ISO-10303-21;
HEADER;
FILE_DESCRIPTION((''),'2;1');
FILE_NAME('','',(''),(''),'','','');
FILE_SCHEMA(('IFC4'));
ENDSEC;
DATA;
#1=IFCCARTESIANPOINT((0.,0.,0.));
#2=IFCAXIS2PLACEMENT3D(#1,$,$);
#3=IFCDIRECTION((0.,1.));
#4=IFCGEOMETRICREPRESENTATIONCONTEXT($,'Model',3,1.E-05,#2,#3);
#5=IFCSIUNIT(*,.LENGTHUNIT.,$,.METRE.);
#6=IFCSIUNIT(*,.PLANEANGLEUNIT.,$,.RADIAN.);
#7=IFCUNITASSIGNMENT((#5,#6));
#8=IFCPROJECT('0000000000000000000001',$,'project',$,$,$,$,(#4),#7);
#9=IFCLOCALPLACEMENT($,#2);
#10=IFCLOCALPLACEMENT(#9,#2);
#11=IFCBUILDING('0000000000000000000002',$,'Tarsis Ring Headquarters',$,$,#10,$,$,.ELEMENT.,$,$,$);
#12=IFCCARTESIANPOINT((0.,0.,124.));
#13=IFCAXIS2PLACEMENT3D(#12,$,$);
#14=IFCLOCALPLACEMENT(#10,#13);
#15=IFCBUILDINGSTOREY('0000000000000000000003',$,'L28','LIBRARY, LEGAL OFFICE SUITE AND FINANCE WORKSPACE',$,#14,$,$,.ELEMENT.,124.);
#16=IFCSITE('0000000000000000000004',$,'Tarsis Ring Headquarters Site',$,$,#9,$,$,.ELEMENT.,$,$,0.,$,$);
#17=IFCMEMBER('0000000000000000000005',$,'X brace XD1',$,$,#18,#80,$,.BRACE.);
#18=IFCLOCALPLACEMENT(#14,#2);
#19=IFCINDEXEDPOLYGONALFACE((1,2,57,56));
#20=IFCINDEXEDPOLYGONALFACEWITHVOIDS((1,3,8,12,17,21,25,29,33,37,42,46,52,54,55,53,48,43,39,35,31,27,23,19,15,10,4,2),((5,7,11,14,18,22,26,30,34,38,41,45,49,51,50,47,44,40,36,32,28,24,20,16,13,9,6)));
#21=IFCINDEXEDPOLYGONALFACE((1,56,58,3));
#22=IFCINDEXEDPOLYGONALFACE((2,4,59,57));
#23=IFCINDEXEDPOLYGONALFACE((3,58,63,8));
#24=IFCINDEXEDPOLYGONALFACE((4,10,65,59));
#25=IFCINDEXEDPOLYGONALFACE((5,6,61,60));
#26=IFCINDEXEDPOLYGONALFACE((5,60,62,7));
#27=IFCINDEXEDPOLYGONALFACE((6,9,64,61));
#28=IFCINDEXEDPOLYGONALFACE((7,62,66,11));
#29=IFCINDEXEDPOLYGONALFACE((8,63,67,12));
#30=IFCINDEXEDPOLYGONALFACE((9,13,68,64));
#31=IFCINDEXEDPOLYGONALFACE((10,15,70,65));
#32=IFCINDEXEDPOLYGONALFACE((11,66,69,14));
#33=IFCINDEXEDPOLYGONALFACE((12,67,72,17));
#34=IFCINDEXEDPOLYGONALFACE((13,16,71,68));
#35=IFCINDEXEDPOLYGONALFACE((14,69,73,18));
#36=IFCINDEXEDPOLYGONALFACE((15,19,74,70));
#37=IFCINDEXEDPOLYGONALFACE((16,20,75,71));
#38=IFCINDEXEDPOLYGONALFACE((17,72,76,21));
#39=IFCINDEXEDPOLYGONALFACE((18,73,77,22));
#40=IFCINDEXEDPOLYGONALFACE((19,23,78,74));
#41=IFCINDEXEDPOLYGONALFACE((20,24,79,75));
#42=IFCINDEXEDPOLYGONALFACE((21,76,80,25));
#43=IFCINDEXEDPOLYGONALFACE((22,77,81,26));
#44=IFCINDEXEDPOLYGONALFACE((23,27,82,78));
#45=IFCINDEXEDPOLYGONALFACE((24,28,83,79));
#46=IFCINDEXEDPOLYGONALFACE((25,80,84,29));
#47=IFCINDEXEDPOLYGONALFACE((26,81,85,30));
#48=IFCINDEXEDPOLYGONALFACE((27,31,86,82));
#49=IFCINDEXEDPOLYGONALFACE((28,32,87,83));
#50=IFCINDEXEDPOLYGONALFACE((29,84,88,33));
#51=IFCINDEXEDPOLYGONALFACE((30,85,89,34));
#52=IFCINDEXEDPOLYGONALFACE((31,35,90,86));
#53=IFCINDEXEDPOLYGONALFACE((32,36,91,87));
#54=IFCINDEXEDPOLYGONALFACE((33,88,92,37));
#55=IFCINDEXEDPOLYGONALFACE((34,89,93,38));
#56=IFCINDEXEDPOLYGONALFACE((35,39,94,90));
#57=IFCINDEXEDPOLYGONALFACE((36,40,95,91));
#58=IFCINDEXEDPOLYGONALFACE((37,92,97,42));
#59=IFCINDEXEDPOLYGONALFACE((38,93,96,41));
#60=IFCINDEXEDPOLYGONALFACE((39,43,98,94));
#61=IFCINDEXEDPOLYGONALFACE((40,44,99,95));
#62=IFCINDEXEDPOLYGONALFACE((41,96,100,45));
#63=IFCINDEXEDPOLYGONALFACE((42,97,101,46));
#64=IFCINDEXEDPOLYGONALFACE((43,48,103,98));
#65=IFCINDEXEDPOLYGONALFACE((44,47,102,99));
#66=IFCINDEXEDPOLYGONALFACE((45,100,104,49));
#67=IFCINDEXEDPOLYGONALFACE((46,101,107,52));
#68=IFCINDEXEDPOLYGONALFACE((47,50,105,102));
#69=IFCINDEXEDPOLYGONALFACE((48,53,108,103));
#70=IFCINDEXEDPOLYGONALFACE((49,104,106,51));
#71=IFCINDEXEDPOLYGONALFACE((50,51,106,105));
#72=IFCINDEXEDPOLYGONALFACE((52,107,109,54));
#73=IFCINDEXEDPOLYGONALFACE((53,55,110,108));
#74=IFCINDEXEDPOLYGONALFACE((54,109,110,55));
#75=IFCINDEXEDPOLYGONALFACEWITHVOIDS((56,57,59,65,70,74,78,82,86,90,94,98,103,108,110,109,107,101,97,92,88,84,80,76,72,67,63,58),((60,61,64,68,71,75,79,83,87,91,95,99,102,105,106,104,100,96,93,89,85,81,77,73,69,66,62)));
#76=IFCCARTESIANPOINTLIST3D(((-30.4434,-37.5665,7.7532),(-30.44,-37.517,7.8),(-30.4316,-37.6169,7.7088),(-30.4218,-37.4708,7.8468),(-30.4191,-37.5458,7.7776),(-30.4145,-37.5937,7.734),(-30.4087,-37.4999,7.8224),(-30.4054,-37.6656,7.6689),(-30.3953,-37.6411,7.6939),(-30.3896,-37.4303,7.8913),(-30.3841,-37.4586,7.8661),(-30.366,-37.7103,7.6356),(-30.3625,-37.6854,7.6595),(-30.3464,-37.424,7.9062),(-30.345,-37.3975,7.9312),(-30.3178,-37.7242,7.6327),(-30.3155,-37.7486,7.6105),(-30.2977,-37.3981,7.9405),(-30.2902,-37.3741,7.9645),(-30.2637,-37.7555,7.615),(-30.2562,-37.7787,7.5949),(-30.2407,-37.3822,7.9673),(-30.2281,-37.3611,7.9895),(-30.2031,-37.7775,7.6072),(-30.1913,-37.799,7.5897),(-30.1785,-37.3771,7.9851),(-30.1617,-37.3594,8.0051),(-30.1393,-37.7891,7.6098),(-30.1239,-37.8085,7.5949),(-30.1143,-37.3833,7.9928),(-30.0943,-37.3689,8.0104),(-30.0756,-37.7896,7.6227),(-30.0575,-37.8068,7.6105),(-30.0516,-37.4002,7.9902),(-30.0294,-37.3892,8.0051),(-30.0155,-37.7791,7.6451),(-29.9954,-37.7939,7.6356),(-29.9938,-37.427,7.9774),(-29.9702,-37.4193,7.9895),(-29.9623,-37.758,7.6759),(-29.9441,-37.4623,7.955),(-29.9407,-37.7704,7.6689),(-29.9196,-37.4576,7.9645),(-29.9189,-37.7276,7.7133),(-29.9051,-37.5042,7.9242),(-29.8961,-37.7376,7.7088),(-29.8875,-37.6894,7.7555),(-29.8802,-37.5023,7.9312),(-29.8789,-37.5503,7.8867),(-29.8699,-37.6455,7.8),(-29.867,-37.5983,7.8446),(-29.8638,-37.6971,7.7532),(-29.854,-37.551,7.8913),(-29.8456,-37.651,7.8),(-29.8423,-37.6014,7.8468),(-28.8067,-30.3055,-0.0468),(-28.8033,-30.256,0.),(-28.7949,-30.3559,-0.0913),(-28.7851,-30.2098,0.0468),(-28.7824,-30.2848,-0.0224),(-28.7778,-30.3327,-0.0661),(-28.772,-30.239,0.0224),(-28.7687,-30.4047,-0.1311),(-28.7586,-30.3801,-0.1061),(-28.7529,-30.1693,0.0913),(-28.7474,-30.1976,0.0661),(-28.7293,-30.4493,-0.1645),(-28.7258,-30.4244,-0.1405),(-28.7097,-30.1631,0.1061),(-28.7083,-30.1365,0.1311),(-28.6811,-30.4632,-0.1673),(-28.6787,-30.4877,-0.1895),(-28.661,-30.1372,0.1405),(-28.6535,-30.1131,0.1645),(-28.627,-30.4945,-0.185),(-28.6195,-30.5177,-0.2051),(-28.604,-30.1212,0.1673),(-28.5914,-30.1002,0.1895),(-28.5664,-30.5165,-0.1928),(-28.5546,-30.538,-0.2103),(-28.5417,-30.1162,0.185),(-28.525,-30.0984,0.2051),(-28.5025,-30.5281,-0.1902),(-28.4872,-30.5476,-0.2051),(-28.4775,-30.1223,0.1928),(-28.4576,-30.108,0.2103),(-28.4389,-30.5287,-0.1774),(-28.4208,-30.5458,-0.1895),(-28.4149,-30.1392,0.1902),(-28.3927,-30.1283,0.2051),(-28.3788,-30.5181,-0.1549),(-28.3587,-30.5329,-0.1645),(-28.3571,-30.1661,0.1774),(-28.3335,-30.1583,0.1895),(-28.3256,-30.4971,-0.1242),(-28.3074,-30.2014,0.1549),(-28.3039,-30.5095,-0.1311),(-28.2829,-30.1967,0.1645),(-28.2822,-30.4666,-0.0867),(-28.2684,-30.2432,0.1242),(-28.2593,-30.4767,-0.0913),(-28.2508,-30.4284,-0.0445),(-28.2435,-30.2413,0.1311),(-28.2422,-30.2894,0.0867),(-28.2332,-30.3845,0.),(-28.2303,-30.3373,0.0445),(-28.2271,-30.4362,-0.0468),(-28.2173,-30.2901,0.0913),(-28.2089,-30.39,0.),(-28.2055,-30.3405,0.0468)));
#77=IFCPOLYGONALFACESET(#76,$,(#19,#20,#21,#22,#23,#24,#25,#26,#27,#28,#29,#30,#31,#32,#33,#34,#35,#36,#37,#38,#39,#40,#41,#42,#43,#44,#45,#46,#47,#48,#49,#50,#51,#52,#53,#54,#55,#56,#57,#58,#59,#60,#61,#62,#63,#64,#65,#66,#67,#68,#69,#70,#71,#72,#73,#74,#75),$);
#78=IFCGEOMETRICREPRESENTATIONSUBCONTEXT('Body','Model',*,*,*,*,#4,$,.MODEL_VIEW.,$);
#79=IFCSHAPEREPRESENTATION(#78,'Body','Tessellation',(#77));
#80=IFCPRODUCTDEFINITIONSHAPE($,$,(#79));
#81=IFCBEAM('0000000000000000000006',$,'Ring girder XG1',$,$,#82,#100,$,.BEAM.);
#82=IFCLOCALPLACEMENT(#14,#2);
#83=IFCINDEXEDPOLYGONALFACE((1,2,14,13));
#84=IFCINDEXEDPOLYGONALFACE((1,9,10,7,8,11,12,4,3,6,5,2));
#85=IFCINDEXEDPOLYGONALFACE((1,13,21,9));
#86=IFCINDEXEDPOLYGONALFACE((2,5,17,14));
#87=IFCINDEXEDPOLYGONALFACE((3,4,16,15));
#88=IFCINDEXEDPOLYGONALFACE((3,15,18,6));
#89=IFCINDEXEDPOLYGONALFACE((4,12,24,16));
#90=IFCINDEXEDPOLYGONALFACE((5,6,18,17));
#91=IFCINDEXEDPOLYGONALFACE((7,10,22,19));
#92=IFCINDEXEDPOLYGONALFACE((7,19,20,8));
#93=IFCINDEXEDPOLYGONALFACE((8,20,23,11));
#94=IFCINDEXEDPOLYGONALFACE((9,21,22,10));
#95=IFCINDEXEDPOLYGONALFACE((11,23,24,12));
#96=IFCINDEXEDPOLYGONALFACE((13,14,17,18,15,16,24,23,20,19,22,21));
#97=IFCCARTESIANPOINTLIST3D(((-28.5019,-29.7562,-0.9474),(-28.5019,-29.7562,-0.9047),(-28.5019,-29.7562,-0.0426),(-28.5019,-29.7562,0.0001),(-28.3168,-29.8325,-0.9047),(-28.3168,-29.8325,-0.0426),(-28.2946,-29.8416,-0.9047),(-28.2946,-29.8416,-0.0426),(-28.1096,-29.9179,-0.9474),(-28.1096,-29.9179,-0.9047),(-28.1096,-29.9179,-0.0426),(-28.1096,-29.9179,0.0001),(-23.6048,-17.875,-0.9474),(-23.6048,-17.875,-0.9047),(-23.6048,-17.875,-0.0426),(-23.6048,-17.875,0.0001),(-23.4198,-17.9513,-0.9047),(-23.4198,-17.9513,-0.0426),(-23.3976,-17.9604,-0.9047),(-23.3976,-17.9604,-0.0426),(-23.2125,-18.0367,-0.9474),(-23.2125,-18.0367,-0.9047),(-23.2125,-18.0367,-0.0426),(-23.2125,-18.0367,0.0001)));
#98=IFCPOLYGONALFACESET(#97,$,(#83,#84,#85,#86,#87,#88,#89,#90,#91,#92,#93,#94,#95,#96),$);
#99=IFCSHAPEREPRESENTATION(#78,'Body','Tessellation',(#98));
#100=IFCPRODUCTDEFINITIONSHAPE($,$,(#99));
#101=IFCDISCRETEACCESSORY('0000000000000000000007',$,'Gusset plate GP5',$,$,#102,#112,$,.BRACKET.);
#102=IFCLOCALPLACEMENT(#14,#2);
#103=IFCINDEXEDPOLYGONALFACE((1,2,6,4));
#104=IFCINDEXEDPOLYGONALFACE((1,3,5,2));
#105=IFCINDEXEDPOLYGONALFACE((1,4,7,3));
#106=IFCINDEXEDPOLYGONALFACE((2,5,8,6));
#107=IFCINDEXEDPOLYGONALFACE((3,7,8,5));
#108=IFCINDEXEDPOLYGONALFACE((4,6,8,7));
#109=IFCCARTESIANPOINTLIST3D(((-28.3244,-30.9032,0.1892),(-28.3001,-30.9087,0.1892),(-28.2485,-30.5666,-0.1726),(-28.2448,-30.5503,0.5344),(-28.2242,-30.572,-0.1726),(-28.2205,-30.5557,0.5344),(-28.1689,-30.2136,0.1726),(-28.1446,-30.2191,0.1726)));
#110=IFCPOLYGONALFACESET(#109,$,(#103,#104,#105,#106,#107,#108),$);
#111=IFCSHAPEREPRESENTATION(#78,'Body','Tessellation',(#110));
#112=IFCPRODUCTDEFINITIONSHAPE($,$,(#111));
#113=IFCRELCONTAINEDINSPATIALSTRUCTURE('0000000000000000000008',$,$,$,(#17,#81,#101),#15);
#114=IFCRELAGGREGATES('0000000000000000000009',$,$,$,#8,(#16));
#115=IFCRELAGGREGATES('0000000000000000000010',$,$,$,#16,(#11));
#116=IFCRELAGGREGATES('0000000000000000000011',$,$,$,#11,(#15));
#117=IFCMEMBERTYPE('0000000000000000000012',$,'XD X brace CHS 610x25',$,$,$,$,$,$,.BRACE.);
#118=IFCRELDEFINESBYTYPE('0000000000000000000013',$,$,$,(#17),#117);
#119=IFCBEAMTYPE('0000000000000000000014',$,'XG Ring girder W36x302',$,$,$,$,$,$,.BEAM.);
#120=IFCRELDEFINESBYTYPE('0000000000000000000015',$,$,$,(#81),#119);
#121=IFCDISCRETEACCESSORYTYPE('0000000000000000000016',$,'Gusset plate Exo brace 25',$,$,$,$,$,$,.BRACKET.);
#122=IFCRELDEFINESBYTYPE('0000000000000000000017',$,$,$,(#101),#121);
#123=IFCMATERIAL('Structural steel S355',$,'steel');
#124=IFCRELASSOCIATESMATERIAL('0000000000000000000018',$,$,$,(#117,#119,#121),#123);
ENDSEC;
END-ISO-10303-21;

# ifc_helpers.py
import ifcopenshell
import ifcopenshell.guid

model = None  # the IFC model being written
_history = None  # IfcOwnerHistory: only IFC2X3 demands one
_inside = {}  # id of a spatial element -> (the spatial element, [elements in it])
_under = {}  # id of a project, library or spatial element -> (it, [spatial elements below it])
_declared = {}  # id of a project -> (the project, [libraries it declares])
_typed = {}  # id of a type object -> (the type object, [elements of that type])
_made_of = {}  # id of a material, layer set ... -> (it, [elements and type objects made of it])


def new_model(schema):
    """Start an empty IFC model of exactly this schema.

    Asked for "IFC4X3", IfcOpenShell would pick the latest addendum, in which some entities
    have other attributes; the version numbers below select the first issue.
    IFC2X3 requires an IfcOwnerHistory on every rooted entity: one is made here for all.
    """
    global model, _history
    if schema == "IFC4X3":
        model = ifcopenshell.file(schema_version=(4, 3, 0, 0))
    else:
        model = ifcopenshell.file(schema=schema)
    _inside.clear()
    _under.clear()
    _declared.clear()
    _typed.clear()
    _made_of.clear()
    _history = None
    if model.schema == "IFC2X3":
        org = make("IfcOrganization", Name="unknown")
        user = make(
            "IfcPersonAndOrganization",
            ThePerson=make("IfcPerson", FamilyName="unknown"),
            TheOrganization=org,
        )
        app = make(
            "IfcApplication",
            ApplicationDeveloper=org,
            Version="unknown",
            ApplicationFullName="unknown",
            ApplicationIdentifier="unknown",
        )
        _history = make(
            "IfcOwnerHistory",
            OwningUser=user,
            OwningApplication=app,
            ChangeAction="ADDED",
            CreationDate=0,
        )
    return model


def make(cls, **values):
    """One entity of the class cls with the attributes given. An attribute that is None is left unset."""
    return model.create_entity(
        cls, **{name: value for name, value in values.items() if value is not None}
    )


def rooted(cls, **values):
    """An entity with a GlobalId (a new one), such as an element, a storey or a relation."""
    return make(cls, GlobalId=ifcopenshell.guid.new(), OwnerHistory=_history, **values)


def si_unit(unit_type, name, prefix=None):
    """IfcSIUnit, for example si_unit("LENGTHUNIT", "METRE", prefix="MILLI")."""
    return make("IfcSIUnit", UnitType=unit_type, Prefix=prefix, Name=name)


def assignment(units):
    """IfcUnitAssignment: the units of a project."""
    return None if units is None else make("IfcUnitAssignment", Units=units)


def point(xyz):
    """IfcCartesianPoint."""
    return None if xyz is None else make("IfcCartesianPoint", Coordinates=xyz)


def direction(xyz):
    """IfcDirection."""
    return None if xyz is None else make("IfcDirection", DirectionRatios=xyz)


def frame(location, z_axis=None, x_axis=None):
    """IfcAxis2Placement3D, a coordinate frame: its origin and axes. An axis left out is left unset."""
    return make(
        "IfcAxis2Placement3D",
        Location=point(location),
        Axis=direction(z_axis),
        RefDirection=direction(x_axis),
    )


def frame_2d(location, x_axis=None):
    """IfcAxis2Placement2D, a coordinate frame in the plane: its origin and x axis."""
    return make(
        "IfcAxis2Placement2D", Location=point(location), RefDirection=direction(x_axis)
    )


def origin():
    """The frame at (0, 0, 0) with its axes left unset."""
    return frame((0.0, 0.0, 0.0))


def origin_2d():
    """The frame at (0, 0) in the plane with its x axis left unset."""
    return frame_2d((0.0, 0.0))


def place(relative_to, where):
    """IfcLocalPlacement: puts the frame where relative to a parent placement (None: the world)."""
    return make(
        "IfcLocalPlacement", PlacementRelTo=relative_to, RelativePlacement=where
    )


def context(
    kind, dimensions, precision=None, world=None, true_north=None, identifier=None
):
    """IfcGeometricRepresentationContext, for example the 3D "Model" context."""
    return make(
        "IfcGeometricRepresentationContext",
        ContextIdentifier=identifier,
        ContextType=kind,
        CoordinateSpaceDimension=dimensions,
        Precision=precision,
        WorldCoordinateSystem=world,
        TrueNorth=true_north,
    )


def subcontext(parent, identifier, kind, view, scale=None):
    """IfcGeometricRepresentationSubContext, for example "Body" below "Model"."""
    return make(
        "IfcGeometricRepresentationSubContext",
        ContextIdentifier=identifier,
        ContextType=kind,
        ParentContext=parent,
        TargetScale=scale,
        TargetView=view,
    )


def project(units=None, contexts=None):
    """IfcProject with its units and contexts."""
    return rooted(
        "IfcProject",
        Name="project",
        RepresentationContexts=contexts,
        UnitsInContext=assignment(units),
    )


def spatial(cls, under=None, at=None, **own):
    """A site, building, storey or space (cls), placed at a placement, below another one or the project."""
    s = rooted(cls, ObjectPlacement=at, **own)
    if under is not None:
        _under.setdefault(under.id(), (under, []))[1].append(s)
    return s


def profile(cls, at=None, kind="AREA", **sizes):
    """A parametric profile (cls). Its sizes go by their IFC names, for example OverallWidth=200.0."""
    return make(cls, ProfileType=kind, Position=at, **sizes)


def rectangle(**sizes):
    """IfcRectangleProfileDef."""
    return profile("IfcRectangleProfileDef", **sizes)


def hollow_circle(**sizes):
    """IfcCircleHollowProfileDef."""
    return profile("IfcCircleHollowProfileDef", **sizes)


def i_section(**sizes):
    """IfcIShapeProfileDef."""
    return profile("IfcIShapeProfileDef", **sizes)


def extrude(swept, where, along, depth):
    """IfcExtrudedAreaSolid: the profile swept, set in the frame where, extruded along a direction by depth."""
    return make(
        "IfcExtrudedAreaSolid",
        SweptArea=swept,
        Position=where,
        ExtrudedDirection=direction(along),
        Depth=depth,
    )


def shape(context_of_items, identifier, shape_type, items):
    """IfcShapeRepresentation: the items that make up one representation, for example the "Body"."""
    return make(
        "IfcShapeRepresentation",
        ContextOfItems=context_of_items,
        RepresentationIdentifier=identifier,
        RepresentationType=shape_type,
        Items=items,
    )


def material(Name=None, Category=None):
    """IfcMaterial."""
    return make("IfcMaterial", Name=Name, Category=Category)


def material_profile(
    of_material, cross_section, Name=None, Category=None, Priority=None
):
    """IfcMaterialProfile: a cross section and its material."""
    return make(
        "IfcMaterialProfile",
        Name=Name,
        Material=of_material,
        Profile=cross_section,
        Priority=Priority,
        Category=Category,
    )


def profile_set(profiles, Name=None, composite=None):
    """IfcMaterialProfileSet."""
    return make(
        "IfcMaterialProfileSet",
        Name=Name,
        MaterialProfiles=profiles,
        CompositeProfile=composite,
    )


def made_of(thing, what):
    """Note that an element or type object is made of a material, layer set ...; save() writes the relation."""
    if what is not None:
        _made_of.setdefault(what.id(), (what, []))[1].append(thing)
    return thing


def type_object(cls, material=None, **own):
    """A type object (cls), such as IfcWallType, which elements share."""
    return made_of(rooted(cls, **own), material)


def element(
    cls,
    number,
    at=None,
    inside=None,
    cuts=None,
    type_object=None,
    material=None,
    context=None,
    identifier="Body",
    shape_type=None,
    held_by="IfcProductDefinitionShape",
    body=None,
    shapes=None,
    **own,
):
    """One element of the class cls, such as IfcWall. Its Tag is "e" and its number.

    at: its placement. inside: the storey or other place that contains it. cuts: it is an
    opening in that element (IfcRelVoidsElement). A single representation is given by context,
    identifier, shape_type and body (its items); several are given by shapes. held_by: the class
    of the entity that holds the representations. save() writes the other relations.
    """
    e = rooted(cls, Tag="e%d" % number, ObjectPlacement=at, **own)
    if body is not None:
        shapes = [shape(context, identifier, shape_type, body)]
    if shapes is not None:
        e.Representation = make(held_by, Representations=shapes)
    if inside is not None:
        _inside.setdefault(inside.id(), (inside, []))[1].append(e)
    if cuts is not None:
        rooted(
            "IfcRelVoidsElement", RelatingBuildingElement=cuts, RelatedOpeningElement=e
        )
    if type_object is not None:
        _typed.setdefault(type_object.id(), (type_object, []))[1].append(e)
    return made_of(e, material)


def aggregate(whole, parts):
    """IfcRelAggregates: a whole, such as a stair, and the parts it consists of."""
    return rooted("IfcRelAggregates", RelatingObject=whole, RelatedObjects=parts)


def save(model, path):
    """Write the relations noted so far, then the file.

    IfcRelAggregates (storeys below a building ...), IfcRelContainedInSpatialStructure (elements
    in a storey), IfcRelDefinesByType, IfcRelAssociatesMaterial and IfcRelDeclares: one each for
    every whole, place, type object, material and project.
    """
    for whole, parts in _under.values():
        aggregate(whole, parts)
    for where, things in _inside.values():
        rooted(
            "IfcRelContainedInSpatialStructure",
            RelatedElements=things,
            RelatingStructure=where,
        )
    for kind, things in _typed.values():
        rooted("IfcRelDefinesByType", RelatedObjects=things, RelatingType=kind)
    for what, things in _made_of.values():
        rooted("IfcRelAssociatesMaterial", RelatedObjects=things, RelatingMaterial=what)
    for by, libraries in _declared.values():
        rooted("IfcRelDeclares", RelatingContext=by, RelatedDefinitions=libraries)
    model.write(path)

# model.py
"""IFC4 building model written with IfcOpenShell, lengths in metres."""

from ifc_helpers import new_model, si_unit, direction, frame, origin, origin_2d, place, context, subcontext, project, spatial, rectangle, hollow_circle, i_section, extrude, material, material_profile, profile_set, type_object, element, save


model = new_model("IFC4")

# Units and contexts
model_context = context("Model", 3, precision=1e-05, world=origin(), true_north=direction((0.0, 1.0)))
body_context = subcontext(model_context, "Body", "Model", "MODEL_VIEW")
ifc_project = project(units=[si_unit("LENGTHUNIT", "METRE"), si_unit("PLANEANGLEUNIT", "RADIAN")], contexts=[model_context])

# Site, building, storey
site_placement = place(None, origin())
site = spatial("IfcSite", under=ifc_project, at=site_placement, Name="Tarsis Ring Headquarters Site", CompositionType="ELEMENT", RefElevation=0.0)
building_placement = place(site_placement, origin())
building = spatial("IfcBuilding", under=site, at=building_placement, Name="Tarsis Ring Headquarters", CompositionType="ELEMENT")
storey_placement = place(building_placement, frame((0.0, 0.0, 124.0)))
storey = spatial("IfcBuildingStorey", under=building, at=storey_placement, Name="L28", Description="LIBRARY, LEGAL OFFICE SUITE AND FINANCE WORKSPACE", CompositionType="ELEMENT", Elevation=124.0)

# Shared definitions
ifc_material_1 = material(Name="Structural steel S355", Category="steel")

# Member
ifc_material_profile_1 = material_profile(ifc_material_1, hollow_circle(Radius=0.3047, WallThickness=0.0249, at=origin_2d()), Name="CHS 610x25")
ifc_profile_set_1 = profile_set([ifc_material_profile_1], Name="Structural steel S355")
member_type = type_object("IfcMemberType", Name="XD X brace CHS 610x25", PredefinedType="BRACE", material=ifc_profile_set_1)
member_placement = place(storey_placement, frame((-28.5061, -30.323, 0.0), z_axis=(-0.151808, -0.673465, 0.723464), x_axis=(0.975523, -0.219895, 0.0)))
element("IfcMember", 1, at=member_placement, inside=storey, type_object=member_type, Name="X brace XD1", PredefinedType="BRACE", context=body_context, shape_type="SweptSolid", body=[
    extrude(hollow_circle(Radius=0.3047, WallThickness=0.0249, at=origin_2d()), origin(), (0.0, 0.0, 1.0), 10.7815),
])

# Beam
ifc_material_profile_2 = material_profile(ifc_material_1, i_section(OverallWidth=0.4243, OverallDepth=0.9475, WebThickness=0.0239, FlangeThickness=0.0427, at=origin_2d()), Name="W36x302")
ifc_profile_set_2 = profile_set([ifc_material_profile_2], Name="Structural steel S355")
beam_type_1 = type_object("IfcBeamType", Name="XG Ring girder W36x302", PredefinedType="BEAM", material=ifc_profile_set_2)
beam_1_placement = place(storey_placement, frame((-23.4087, -17.9558, -0.4736), z_axis=(-0.381066, -0.924548, 0.0), x_axis=(0.924548, -0.381066, 0.0)))
element("IfcBeam", 2, at=beam_1_placement, inside=storey, type_object=beam_type_1, Name="Ring girder XG1", PredefinedType="BEAM", context=body_context, shape_type="SweptSolid", body=[
    extrude(i_section(OverallWidth=0.4243, OverallDepth=0.9475, WebThickness=0.0239, FlangeThickness=0.0427, at=origin_2d()), origin(), (0.0, 0.0, 1.0), 12.8508),
])

# Discrete accessory
ifc_material_profile_3 = material_profile(ifc_material_1, rectangle(XDim=0.0249, YDim=0.5, at=origin_2d()), Name="PL 25x500")
ifc_profile_set_3 = profile_set([ifc_material_profile_3], Name="Structural steel S355")
discrete_accessory_type = type_object("IfcDiscreteAccessoryType", Name="Gusset plate Exo brace 25", PredefinedType="BRACKET", material=ifc_profile_set_3)
discrete_accessory_placement = place(storey_placement, frame((-28.1965, -30.3928, 0.0), z_axis=(-0.151849, -0.673309, 0.7236), x_axis=(0.9755, -0.22, 0.0)))
element("IfcDiscreteAccessory", 3, at=discrete_accessory_placement, inside=storey, type_object=discrete_accessory_type, Name="Gusset plate GP5", PredefinedType="BRACKET", context=body_context, shape_type="SweptSolid", body=[
    extrude(rectangle(XDim=0.0249, YDim=0.5, at=origin_2d()), origin(), (0.0, 0.0, 1.0), 0.5),
])

save(model, "model.ifc")
